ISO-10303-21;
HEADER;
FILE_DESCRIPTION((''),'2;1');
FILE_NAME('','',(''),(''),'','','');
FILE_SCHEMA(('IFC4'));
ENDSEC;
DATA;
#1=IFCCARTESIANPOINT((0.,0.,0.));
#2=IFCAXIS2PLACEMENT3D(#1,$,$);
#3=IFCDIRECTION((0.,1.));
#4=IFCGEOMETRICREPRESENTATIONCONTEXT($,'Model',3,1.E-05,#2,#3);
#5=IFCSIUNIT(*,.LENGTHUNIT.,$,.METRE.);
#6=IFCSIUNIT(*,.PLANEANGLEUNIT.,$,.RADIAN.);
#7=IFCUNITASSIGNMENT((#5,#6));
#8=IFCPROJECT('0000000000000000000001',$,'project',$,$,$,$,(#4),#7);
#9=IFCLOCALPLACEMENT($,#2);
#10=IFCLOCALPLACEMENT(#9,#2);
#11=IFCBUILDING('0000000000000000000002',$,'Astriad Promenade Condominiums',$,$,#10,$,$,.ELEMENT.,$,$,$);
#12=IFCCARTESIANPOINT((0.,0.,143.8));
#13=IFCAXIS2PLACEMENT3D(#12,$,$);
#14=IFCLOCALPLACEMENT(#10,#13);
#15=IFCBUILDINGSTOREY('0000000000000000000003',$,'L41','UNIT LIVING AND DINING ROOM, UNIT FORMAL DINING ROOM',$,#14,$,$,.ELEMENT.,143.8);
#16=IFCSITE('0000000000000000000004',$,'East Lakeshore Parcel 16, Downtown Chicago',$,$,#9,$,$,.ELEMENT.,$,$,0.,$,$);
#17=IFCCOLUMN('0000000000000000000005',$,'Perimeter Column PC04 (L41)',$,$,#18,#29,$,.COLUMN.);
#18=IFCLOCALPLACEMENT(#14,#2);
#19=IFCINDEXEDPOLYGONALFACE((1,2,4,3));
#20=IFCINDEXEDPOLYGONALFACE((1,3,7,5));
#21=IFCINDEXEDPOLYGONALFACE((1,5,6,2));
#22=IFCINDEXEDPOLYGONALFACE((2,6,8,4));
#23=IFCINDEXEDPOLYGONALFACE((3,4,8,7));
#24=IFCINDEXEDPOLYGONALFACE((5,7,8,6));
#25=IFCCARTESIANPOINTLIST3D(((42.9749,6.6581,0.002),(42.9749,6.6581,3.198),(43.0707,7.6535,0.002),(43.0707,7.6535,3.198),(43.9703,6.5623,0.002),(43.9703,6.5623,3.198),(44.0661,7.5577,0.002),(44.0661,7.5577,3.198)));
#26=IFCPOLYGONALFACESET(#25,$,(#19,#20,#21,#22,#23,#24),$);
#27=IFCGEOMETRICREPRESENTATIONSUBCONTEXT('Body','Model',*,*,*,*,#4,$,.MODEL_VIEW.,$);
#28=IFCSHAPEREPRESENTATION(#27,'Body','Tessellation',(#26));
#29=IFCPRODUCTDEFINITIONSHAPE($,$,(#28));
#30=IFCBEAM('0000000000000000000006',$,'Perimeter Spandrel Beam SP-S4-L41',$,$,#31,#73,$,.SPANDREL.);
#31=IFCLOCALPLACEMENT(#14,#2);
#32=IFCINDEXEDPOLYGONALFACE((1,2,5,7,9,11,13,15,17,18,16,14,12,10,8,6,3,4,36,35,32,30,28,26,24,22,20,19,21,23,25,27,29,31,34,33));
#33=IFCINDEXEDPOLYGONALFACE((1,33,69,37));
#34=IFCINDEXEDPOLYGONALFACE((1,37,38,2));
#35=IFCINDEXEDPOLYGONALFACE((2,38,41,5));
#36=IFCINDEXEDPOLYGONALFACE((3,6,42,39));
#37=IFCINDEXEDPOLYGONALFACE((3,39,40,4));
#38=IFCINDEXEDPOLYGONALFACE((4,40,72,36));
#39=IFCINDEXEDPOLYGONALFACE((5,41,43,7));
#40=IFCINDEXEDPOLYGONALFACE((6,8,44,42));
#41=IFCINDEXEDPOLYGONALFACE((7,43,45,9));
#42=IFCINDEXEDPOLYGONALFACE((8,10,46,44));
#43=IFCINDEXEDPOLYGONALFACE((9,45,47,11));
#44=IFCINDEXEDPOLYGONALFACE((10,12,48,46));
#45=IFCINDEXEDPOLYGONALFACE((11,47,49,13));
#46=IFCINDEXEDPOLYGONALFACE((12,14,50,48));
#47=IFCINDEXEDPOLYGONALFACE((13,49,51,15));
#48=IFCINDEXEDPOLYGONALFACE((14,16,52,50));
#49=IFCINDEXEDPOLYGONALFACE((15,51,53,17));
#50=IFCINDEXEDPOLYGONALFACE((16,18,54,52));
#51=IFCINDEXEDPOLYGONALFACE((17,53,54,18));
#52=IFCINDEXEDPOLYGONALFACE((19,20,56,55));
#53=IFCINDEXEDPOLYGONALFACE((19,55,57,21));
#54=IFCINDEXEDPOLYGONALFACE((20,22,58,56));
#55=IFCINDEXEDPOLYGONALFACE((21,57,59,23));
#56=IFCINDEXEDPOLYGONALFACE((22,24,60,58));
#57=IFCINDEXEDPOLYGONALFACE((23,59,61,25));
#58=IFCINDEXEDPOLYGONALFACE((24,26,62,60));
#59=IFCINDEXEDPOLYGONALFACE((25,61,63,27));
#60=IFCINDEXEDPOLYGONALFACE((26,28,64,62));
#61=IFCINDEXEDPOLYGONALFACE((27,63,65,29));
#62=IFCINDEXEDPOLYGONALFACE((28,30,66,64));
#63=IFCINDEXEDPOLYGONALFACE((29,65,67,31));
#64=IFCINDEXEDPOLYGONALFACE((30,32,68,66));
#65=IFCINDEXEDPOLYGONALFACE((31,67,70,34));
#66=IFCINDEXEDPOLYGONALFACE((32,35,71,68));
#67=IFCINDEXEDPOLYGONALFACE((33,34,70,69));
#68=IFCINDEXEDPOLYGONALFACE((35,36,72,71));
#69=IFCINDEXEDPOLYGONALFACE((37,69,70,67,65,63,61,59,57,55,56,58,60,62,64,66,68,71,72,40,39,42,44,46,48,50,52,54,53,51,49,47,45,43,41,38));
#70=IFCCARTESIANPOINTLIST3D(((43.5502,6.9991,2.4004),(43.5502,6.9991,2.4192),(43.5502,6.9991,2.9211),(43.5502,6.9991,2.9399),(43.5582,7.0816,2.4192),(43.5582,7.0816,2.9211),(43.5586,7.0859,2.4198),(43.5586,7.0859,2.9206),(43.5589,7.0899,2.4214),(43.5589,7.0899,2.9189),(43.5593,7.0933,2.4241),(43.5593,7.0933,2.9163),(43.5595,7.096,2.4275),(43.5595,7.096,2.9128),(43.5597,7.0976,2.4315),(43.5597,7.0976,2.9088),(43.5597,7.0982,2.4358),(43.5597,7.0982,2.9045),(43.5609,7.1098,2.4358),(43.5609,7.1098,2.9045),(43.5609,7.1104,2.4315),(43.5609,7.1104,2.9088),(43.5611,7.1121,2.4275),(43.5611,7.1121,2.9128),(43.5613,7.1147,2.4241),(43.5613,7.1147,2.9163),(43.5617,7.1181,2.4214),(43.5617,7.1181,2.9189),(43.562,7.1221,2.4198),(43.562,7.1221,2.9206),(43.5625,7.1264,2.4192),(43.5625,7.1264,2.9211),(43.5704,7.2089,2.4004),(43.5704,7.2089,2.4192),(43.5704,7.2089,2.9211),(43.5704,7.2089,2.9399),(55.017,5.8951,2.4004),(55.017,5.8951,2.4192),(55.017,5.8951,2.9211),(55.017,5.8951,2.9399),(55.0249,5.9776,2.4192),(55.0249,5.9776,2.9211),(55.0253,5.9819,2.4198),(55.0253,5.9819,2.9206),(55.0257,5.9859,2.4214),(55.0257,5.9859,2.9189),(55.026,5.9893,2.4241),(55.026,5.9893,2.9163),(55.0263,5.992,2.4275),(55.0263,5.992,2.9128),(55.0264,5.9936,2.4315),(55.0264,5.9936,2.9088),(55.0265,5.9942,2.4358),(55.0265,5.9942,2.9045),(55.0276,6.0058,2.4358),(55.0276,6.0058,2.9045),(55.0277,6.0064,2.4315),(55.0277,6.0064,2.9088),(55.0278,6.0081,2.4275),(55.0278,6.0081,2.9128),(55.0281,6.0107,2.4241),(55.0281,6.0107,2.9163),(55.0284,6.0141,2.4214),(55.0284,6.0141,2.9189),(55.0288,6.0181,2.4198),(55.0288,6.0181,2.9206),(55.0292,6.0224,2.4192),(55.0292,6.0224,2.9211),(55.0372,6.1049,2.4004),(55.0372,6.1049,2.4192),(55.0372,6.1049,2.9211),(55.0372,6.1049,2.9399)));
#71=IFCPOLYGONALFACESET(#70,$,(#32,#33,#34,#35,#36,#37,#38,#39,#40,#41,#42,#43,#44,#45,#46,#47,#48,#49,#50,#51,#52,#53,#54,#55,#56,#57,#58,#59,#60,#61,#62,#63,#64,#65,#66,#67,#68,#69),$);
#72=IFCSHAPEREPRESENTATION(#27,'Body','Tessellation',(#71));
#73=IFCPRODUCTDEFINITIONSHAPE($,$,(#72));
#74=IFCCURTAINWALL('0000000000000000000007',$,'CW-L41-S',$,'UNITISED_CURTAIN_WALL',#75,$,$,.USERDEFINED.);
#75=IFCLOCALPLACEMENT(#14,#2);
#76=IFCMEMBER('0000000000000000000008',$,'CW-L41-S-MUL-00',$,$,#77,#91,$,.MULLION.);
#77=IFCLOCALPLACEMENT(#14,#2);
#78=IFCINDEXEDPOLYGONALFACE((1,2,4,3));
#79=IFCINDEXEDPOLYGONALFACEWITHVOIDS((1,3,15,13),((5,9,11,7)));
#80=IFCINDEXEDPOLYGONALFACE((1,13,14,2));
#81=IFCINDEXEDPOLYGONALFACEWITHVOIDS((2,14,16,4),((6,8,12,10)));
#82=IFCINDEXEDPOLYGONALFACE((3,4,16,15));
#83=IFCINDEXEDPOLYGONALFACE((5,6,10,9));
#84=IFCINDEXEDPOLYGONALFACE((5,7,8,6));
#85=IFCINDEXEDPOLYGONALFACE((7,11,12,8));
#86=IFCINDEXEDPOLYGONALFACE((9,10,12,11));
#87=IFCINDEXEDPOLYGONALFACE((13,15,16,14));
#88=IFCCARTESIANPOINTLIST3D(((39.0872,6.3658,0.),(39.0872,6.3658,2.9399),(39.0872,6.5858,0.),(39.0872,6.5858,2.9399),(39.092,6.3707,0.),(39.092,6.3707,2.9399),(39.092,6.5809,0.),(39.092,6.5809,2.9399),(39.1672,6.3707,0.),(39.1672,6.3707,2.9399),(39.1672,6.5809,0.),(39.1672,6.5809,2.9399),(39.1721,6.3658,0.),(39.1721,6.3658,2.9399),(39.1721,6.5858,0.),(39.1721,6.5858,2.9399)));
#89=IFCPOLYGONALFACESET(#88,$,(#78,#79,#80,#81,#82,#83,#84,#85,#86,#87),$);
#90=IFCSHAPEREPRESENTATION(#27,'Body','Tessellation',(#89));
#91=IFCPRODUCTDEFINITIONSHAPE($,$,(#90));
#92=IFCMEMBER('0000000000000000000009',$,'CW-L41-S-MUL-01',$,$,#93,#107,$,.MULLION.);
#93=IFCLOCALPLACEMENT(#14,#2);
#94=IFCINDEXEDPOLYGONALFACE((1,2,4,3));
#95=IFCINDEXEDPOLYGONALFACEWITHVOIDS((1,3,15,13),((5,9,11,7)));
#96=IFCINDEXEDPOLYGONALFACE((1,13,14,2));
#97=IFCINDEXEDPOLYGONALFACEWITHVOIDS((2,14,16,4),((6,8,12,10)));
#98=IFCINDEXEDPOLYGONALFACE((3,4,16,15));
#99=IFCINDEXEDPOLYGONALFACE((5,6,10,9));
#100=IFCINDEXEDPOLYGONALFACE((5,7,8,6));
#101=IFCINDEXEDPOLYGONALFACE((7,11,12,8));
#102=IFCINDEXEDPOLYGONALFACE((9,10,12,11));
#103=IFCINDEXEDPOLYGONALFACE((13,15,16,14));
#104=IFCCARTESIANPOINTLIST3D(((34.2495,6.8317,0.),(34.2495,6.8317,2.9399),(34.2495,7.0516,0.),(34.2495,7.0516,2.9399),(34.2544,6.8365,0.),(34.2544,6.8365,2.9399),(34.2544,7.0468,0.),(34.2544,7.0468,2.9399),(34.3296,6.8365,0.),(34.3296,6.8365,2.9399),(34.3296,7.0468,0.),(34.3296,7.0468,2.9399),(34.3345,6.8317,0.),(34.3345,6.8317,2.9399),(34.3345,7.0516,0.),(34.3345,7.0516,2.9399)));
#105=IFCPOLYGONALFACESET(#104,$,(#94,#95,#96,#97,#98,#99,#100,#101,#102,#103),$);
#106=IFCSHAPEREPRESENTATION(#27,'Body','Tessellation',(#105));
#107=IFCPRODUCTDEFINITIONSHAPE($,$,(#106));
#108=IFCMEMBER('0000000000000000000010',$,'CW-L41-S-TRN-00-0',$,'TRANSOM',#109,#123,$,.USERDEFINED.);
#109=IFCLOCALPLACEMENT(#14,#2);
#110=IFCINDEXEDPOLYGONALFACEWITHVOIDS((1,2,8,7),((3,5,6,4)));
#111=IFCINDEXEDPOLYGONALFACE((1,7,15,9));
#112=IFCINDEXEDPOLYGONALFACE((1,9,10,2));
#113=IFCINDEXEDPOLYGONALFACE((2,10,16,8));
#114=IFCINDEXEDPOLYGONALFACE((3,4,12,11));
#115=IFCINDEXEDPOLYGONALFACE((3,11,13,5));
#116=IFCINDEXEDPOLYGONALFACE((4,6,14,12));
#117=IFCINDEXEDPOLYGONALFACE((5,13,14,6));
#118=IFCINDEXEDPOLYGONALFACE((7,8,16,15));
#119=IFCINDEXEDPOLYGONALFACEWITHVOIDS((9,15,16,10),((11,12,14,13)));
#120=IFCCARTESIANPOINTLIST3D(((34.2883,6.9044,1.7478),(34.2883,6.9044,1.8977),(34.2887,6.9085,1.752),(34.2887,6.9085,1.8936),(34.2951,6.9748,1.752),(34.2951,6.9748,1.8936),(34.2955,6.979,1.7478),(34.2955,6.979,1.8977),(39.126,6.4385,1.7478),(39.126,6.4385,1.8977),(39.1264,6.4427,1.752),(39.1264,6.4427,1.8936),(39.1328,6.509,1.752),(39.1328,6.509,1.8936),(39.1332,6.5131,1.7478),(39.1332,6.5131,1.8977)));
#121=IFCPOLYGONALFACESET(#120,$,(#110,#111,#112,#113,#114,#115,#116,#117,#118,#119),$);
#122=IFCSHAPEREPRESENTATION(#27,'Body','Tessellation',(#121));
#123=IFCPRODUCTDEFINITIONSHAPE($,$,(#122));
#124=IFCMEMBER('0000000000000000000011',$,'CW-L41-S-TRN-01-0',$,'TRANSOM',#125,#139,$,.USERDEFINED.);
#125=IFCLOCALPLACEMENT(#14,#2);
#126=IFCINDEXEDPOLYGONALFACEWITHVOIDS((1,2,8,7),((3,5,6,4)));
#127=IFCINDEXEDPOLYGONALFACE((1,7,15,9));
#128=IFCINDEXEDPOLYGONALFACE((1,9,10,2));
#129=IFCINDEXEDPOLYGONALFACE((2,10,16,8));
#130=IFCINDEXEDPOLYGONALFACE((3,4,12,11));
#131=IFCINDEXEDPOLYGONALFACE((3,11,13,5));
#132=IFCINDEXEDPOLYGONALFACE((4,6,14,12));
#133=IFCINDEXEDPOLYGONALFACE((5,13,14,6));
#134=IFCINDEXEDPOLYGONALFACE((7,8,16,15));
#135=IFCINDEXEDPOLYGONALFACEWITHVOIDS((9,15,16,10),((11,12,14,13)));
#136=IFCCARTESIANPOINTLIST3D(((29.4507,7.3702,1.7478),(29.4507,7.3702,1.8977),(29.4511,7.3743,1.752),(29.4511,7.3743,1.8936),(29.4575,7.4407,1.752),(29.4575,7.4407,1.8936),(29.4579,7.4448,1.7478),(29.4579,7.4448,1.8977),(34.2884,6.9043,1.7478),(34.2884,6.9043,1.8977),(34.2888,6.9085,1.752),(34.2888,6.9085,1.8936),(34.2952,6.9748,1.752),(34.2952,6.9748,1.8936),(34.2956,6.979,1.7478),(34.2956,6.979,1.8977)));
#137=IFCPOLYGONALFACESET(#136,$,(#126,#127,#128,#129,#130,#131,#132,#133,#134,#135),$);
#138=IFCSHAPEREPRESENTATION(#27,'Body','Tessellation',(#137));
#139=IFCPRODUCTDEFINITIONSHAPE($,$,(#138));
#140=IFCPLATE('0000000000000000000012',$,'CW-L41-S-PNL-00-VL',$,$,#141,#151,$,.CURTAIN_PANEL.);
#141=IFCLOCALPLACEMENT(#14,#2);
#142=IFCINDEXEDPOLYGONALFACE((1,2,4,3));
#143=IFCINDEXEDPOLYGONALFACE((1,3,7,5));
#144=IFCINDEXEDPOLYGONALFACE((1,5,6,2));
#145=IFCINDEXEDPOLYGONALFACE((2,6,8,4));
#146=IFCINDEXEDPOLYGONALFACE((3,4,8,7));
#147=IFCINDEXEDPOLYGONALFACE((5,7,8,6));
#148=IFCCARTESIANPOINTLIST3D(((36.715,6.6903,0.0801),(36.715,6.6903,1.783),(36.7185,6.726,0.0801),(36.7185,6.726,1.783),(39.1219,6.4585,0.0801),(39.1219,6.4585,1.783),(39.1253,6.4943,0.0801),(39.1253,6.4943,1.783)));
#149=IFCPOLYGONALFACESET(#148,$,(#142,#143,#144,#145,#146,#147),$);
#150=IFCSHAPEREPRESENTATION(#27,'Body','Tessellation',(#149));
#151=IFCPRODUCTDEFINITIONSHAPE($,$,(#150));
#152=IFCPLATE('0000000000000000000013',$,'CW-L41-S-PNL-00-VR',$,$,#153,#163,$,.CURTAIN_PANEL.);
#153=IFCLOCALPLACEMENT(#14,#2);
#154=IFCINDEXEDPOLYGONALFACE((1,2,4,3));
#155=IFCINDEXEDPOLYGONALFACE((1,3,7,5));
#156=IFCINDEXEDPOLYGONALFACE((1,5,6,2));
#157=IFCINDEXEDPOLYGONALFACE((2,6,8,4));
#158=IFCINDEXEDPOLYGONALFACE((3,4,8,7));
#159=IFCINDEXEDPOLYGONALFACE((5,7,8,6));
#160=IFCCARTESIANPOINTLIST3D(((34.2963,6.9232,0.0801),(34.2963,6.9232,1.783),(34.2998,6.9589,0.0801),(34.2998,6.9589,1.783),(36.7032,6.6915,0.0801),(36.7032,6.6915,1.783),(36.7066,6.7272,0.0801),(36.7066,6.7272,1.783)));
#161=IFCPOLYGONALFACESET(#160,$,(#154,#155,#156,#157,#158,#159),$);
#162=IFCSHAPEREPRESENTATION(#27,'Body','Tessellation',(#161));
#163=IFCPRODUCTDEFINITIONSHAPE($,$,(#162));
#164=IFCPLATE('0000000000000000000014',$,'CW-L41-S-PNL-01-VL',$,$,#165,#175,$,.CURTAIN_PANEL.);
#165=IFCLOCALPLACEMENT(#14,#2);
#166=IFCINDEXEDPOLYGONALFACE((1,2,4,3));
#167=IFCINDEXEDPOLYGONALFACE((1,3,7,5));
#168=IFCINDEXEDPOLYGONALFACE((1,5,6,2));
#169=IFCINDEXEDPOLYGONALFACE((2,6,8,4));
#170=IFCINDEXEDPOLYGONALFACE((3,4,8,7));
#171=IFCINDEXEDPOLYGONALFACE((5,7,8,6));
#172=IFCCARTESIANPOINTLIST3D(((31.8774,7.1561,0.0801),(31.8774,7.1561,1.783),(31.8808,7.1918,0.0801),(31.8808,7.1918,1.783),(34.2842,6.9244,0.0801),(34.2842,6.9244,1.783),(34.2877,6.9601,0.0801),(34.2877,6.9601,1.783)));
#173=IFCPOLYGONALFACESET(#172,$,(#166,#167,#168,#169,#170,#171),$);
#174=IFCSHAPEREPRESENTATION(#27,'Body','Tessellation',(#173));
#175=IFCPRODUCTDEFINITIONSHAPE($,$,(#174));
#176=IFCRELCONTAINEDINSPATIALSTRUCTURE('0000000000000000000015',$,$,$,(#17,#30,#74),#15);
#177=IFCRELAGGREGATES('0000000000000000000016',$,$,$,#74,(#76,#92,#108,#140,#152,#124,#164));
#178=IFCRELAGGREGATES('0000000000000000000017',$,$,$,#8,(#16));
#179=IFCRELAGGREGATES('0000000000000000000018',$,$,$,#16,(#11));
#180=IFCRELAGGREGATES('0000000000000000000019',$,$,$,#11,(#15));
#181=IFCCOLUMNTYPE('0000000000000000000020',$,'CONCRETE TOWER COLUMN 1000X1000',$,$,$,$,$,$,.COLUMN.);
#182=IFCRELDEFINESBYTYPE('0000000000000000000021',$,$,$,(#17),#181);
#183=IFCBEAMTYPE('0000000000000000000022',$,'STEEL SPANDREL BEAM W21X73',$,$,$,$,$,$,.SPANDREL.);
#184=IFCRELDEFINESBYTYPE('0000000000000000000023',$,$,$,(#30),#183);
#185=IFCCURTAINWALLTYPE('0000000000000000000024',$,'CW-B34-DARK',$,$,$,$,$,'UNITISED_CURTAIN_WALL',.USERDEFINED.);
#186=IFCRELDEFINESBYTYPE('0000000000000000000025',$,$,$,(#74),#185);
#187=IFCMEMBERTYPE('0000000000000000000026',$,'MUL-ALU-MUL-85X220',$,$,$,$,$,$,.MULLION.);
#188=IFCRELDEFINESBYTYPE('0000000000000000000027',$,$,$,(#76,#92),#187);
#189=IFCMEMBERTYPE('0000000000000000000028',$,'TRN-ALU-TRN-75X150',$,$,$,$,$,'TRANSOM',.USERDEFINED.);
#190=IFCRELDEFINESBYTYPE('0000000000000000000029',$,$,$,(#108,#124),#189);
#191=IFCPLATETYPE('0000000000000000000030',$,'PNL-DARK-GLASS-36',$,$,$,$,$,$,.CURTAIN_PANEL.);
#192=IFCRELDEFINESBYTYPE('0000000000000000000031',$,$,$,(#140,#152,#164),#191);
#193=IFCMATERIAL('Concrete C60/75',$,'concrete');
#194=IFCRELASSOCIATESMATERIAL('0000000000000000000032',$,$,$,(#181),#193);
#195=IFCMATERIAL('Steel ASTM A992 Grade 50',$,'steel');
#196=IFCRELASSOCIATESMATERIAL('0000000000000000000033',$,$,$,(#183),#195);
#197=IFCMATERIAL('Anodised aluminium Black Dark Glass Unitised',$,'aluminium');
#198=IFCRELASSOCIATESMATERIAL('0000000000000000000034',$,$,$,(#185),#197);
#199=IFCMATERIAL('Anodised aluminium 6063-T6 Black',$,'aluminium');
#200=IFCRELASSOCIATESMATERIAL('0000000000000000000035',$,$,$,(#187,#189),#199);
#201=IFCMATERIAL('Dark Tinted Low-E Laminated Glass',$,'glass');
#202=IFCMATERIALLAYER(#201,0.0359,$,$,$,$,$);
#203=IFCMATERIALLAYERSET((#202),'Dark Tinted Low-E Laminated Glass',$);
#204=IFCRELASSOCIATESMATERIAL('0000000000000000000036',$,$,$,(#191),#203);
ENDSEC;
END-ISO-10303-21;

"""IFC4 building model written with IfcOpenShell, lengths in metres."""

from ifc_helpers import new_model, si_unit, direction, frame, origin, origin_2d, place, context, subcontext, project, spatial, rectangle, hollow_rectangle, i_section, extrude, source, transform, mapped, material, layer, layer_set, material_profile, profile_set, type_object, type_shapes, element, aggregate, save


model = new_model("IFC4")

# Units and contexts
model_context = context("Model", 3, precision=1e-05, world=origin(), true_north=direction((0.0, 1.0)))
body_context = subcontext(model_context, "Body", "Model", "MODEL_VIEW")
ifc_project = project(units=[si_unit("LENGTHUNIT", "METRE"), si_unit("PLANEANGLEUNIT", "RADIAN")], contexts=[model_context])

# Site, building, storey
site_placement = place(None, origin())
site = spatial("IfcSite", under=ifc_project, at=site_placement, Name="East Lakeshore Parcel 16, Downtown Chicago", CompositionType="ELEMENT", RefElevation=0.0)
building_placement = place(site_placement, origin())
building = spatial("IfcBuilding", under=site, at=building_placement, Name="Astriad Promenade Condominiums", CompositionType="ELEMENT")
storey_placement = place(building_placement, frame((0.0, 0.0, 143.8)))
storey = spatial("IfcBuildingStorey", under=building, at=storey_placement, Name="L41", Description="UNIT LIVING AND DINING ROOM, UNIT FORMAL DINING ROOM", CompositionType="ELEMENT", Elevation=143.8)

# Column
ifc_material_1 = material(Name="Concrete C60/75", Category="concrete")
ifc_material_profile_1 = material_profile(ifc_material_1, rectangle(XDim=1.0, YDim=1.0, at=origin_2d()), Name="RC-COL-1000X1000")
ifc_profile_set_1 = profile_set([ifc_material_profile_1], Name="Concrete C60/75")
column_type = type_object("IfcColumnType", Name="CONCRETE TOWER COLUMN 1000X1000", PredefinedType="COLUMN", material=ifc_profile_set_1)
shared_shape_1 = source(origin(), body_context, "Body", "SweptSolid", [
    extrude(rectangle(XDim=1.0, YDim=1.0, at=origin_2d()), origin(), (0.0, 0.0, 1.0), 3.196),
])
type_shapes(column_type, [shared_shape_1])
column_placement = place(storey_placement, frame((43.5205, 7.1079, 0.002), z_axis=(0.0, 0.0, 1.0), x_axis=(0.995396, -0.095846, 0.0)))
element("IfcColumn", 1, at=column_placement, inside=storey, type_object=column_type, Name="Perimeter Column PC04 (L41)", PredefinedType="COLUMN", context=body_context, shape_type="MappedRepresentation", body=[
    mapped(shared_shape_1, transform((0.0, 0.0, 0.0), scale=1.0)),
])

# Beam
ifc_material_2 = material(Name="Steel ASTM A992 Grade 50", Category="steel")
ifc_material_profile_2 = material_profile(ifc_material_2, i_section(OverallWidth=0.2107, OverallDepth=0.5396, WebThickness=0.0117, FlangeThickness=0.0188, FilletRadius=0.0166, at=origin_2d()), Name="W21X73")
ifc_profile_set_2 = profile_set([ifc_material_profile_2], Name="Steel ASTM A992 Grade 50")
beam_type = type_object("IfcBeamType", Name="STEEL SPANDREL BEAM W21X73", PredefinedType="SPANDREL", material=ifc_profile_set_2)
shared_shape_2 = source(origin(), body_context, "Body", "SweptSolid", [
    extrude(i_section(OverallWidth=0.2107, OverallDepth=0.5396, WebThickness=0.0117, FlangeThickness=0.0188, FilletRadius=0.0166, at=origin_2d()), origin(), (0.0, 0.0, 1.0), 11.5198),
])
type_shapes(beam_type, [shared_shape_2])
beam_placement = place(storey_placement, frame((43.5603, 7.104, 2.6702), z_axis=(0.995397, -0.095835, 0.0), x_axis=(0.095835, 0.995397, 0.0)))
element("IfcBeam", 2, at=beam_placement, inside=storey, type_object=beam_type, Name="Perimeter Spandrel Beam SP-S4-L41", PredefinedType="SPANDREL", context=body_context, shape_type="MappedRepresentation", body=[
    mapped(shared_shape_2, transform((0.0, 0.0, 0.0), scale=1.0)),
])

# Curtain wall, members, plates
ifc_material_3 = material(Name="Anodised aluminium Black Dark Glass Unitised", Category="aluminium")
curtain_wall_type = type_object("IfcCurtainWallType", Name="CW-B34-DARK", ElementType="UNITISED_CURTAIN_WALL", PredefinedType="USERDEFINED", material=ifc_material_3)
curtain_wall_placement = place(storey_placement, origin())
curtain_wall = element("IfcCurtainWall", 3, at=curtain_wall_placement, inside=storey, type_object=curtain_wall_type, Name="CW-L41-S", ObjectType="UNITISED_CURTAIN_WALL", PredefinedType="USERDEFINED")
ifc_material_4 = material(Name="Anodised aluminium 6063-T6 Black", Category="aluminium")
ifc_material_profile_3 = material_profile(ifc_material_4, hollow_rectangle(XDim=0.085, YDim=0.22, WallThickness=0.0049, at=origin_2d()), Name="ALU-MUL-85X220")
ifc_profile_set_3 = profile_set([ifc_material_profile_3], Name="Anodised aluminium 6063-T6 Black")
member_type_1 = type_object("IfcMemberType", Name="MUL-ALU-MUL-85X220", PredefinedType="MULLION", material=ifc_profile_set_3)
shared_shape_3 = source(origin(), body_context, "Body", "SweptSolid", [
    extrude(hollow_rectangle(XDim=0.085, YDim=0.22, WallThickness=0.0049, at=origin_2d()), origin(), (0.0, 0.0, 1.0), 2.9399),
])
type_shapes(member_type_1, [shared_shape_3])
member_1_placement = place(storey_placement, frame((39.1296, 6.4758, 0.0), z_axis=(0.0, 0.0, 1.0), x_axis=(1.0, 0.0, 0.0)))
member_1 = element("IfcMember", 4, at=member_1_placement, type_object=member_type_1, Name="CW-L41-S-MUL-00", PredefinedType="MULLION", context=body_context, shape_type="MappedRepresentation", body=[
    mapped(shared_shape_3, transform((0.0, 0.0, 0.0), scale=1.0)),
])
member_2_placement = place(storey_placement, frame((34.292, 6.9417, 0.0), z_axis=(0.0, 0.0, 1.0), x_axis=(1.0, 0.0, 0.0)))
member_2 = element("IfcMember", 5, at=member_2_placement, type_object=member_type_1, Name="CW-L41-S-MUL-01", PredefinedType="MULLION", context=body_context, shape_type="MappedRepresentation", body=[
    mapped(shared_shape_3, transform((0.0, 0.0, 0.0), scale=1.0)),
])
ifc_material_profile_4 = material_profile(ifc_material_4, hollow_rectangle(XDim=0.075, YDim=0.1499, WallThickness=0.0042, at=origin_2d()), Name="ALU-TRN-75X150")
ifc_profile_set_4 = profile_set([ifc_material_profile_4], Name="Anodised aluminium 6063-T6 Black")
member_type_2 = type_object("IfcMemberType", Name="TRN-ALU-TRN-75X150", ElementType="TRANSOM", PredefinedType="USERDEFINED", material=ifc_profile_set_4)
shared_shape_4 = source(origin(), body_context, "Body", "SweptSolid", [
    extrude(hollow_rectangle(XDim=0.075, YDim=0.1499, WallThickness=0.0042, at=origin_2d()), origin(), (0.0, 0.0, 1.0), 4.8601),
])
type_shapes(member_type_2, [shared_shape_4])
member_3_placement = place(storey_placement, frame((39.1296, 6.4758, 1.8228), z_axis=(-0.995396, 0.095847, 0.0), x_axis=(-0.095847, -0.995396, 0.0)))
member_3 = element("IfcMember", 6, at=member_3_placement, type_object=member_type_2, Name="CW-L41-S-TRN-00-0", ObjectType="TRANSOM", PredefinedType="USERDEFINED", context=body_context, shape_type="MappedRepresentation", body=[
    mapped(shared_shape_4, transform((0.0, 0.0, 0.0), scale=1.0)),
])
member_4_placement = place(storey_placement, frame((34.292, 6.9417, 1.8228), z_axis=(-0.995396, 0.095847, 0.0), x_axis=(-0.095847, -0.995396, 0.0)))
member_4 = element("IfcMember", 7, at=member_4_placement, type_object=member_type_2, Name="CW-L41-S-TRN-01-0", ObjectType="TRANSOM", PredefinedType="USERDEFINED", context=body_context, shape_type="MappedRepresentation", body=[
    mapped(shared_shape_4, transform((0.0, 0.0, 0.0), scale=1.0)),
])
ifc_material_5 = material(Name="Dark Tinted Low-E Laminated Glass", Category="glass")
ifc_layer_1 = layer(ifc_material_5, 0.0359)
ifc_layer_set_1 = layer_set([ifc_layer_1], Name="Dark Tinted Low-E Laminated Glass")
plate_type = type_object("IfcPlateType", Name="PNL-DARK-GLASS-36", PredefinedType="CURTAIN_PANEL", material=ifc_layer_set_1)
shared_shape_5 = source(origin(), body_context, "Body", "SweptSolid", [
    extrude(rectangle(XDim=2.418, YDim=0.0359, at=origin_2d()), origin(), (0.0, 0.0, 1.0), 1.7029),
])
plate_1_placement = place(storey_placement, frame((37.9202, 6.5923, 0.0801), z_axis=(0.0, 0.0, 1.0), x_axis=(-0.995396, 0.095846, 0.0)))
plate_1 = element("IfcPlate", 8, at=plate_1_placement, type_object=plate_type, Name="CW-L41-S-PNL-00-VL", PredefinedType="CURTAIN_PANEL", context=body_context, shape_type="MappedRepresentation", body=[
    mapped(shared_shape_5, transform((0.0, 0.0, 0.0), scale=1.0)),
])
plate_2_placement = place(storey_placement, frame((35.5015, 6.8252, 0.0801), z_axis=(0.0, 0.0, 1.0), x_axis=(-0.995396, 0.095846, 0.0)))
plate_2 = element("IfcPlate", 9, at=plate_2_placement, type_object=plate_type, Name="CW-L41-S-PNL-00-VR", PredefinedType="CURTAIN_PANEL", context=body_context, shape_type="MappedRepresentation", body=[
    mapped(shared_shape_5, transform((0.0, 0.0, 0.0), scale=1.0)),
])
plate_3_placement = place(storey_placement, frame((33.0825, 7.0581, 0.0801), z_axis=(0.0, 0.0, 1.0), x_axis=(-0.995396, 0.095846, 0.0)))
plate_3 = element("IfcPlate", 10, at=plate_3_placement, type_object=plate_type, Name="CW-L41-S-PNL-01-VL", PredefinedType="CURTAIN_PANEL", context=body_context, shape_type="MappedRepresentation", body=[
    mapped(shared_shape_5, transform((0.0, 0.0, 0.0), scale=1.0)),
])
aggregate(curtain_wall, [member_1, member_2, member_3, plate_1, plate_2, member_4, plate_3])

save(model, "model.ifc")
